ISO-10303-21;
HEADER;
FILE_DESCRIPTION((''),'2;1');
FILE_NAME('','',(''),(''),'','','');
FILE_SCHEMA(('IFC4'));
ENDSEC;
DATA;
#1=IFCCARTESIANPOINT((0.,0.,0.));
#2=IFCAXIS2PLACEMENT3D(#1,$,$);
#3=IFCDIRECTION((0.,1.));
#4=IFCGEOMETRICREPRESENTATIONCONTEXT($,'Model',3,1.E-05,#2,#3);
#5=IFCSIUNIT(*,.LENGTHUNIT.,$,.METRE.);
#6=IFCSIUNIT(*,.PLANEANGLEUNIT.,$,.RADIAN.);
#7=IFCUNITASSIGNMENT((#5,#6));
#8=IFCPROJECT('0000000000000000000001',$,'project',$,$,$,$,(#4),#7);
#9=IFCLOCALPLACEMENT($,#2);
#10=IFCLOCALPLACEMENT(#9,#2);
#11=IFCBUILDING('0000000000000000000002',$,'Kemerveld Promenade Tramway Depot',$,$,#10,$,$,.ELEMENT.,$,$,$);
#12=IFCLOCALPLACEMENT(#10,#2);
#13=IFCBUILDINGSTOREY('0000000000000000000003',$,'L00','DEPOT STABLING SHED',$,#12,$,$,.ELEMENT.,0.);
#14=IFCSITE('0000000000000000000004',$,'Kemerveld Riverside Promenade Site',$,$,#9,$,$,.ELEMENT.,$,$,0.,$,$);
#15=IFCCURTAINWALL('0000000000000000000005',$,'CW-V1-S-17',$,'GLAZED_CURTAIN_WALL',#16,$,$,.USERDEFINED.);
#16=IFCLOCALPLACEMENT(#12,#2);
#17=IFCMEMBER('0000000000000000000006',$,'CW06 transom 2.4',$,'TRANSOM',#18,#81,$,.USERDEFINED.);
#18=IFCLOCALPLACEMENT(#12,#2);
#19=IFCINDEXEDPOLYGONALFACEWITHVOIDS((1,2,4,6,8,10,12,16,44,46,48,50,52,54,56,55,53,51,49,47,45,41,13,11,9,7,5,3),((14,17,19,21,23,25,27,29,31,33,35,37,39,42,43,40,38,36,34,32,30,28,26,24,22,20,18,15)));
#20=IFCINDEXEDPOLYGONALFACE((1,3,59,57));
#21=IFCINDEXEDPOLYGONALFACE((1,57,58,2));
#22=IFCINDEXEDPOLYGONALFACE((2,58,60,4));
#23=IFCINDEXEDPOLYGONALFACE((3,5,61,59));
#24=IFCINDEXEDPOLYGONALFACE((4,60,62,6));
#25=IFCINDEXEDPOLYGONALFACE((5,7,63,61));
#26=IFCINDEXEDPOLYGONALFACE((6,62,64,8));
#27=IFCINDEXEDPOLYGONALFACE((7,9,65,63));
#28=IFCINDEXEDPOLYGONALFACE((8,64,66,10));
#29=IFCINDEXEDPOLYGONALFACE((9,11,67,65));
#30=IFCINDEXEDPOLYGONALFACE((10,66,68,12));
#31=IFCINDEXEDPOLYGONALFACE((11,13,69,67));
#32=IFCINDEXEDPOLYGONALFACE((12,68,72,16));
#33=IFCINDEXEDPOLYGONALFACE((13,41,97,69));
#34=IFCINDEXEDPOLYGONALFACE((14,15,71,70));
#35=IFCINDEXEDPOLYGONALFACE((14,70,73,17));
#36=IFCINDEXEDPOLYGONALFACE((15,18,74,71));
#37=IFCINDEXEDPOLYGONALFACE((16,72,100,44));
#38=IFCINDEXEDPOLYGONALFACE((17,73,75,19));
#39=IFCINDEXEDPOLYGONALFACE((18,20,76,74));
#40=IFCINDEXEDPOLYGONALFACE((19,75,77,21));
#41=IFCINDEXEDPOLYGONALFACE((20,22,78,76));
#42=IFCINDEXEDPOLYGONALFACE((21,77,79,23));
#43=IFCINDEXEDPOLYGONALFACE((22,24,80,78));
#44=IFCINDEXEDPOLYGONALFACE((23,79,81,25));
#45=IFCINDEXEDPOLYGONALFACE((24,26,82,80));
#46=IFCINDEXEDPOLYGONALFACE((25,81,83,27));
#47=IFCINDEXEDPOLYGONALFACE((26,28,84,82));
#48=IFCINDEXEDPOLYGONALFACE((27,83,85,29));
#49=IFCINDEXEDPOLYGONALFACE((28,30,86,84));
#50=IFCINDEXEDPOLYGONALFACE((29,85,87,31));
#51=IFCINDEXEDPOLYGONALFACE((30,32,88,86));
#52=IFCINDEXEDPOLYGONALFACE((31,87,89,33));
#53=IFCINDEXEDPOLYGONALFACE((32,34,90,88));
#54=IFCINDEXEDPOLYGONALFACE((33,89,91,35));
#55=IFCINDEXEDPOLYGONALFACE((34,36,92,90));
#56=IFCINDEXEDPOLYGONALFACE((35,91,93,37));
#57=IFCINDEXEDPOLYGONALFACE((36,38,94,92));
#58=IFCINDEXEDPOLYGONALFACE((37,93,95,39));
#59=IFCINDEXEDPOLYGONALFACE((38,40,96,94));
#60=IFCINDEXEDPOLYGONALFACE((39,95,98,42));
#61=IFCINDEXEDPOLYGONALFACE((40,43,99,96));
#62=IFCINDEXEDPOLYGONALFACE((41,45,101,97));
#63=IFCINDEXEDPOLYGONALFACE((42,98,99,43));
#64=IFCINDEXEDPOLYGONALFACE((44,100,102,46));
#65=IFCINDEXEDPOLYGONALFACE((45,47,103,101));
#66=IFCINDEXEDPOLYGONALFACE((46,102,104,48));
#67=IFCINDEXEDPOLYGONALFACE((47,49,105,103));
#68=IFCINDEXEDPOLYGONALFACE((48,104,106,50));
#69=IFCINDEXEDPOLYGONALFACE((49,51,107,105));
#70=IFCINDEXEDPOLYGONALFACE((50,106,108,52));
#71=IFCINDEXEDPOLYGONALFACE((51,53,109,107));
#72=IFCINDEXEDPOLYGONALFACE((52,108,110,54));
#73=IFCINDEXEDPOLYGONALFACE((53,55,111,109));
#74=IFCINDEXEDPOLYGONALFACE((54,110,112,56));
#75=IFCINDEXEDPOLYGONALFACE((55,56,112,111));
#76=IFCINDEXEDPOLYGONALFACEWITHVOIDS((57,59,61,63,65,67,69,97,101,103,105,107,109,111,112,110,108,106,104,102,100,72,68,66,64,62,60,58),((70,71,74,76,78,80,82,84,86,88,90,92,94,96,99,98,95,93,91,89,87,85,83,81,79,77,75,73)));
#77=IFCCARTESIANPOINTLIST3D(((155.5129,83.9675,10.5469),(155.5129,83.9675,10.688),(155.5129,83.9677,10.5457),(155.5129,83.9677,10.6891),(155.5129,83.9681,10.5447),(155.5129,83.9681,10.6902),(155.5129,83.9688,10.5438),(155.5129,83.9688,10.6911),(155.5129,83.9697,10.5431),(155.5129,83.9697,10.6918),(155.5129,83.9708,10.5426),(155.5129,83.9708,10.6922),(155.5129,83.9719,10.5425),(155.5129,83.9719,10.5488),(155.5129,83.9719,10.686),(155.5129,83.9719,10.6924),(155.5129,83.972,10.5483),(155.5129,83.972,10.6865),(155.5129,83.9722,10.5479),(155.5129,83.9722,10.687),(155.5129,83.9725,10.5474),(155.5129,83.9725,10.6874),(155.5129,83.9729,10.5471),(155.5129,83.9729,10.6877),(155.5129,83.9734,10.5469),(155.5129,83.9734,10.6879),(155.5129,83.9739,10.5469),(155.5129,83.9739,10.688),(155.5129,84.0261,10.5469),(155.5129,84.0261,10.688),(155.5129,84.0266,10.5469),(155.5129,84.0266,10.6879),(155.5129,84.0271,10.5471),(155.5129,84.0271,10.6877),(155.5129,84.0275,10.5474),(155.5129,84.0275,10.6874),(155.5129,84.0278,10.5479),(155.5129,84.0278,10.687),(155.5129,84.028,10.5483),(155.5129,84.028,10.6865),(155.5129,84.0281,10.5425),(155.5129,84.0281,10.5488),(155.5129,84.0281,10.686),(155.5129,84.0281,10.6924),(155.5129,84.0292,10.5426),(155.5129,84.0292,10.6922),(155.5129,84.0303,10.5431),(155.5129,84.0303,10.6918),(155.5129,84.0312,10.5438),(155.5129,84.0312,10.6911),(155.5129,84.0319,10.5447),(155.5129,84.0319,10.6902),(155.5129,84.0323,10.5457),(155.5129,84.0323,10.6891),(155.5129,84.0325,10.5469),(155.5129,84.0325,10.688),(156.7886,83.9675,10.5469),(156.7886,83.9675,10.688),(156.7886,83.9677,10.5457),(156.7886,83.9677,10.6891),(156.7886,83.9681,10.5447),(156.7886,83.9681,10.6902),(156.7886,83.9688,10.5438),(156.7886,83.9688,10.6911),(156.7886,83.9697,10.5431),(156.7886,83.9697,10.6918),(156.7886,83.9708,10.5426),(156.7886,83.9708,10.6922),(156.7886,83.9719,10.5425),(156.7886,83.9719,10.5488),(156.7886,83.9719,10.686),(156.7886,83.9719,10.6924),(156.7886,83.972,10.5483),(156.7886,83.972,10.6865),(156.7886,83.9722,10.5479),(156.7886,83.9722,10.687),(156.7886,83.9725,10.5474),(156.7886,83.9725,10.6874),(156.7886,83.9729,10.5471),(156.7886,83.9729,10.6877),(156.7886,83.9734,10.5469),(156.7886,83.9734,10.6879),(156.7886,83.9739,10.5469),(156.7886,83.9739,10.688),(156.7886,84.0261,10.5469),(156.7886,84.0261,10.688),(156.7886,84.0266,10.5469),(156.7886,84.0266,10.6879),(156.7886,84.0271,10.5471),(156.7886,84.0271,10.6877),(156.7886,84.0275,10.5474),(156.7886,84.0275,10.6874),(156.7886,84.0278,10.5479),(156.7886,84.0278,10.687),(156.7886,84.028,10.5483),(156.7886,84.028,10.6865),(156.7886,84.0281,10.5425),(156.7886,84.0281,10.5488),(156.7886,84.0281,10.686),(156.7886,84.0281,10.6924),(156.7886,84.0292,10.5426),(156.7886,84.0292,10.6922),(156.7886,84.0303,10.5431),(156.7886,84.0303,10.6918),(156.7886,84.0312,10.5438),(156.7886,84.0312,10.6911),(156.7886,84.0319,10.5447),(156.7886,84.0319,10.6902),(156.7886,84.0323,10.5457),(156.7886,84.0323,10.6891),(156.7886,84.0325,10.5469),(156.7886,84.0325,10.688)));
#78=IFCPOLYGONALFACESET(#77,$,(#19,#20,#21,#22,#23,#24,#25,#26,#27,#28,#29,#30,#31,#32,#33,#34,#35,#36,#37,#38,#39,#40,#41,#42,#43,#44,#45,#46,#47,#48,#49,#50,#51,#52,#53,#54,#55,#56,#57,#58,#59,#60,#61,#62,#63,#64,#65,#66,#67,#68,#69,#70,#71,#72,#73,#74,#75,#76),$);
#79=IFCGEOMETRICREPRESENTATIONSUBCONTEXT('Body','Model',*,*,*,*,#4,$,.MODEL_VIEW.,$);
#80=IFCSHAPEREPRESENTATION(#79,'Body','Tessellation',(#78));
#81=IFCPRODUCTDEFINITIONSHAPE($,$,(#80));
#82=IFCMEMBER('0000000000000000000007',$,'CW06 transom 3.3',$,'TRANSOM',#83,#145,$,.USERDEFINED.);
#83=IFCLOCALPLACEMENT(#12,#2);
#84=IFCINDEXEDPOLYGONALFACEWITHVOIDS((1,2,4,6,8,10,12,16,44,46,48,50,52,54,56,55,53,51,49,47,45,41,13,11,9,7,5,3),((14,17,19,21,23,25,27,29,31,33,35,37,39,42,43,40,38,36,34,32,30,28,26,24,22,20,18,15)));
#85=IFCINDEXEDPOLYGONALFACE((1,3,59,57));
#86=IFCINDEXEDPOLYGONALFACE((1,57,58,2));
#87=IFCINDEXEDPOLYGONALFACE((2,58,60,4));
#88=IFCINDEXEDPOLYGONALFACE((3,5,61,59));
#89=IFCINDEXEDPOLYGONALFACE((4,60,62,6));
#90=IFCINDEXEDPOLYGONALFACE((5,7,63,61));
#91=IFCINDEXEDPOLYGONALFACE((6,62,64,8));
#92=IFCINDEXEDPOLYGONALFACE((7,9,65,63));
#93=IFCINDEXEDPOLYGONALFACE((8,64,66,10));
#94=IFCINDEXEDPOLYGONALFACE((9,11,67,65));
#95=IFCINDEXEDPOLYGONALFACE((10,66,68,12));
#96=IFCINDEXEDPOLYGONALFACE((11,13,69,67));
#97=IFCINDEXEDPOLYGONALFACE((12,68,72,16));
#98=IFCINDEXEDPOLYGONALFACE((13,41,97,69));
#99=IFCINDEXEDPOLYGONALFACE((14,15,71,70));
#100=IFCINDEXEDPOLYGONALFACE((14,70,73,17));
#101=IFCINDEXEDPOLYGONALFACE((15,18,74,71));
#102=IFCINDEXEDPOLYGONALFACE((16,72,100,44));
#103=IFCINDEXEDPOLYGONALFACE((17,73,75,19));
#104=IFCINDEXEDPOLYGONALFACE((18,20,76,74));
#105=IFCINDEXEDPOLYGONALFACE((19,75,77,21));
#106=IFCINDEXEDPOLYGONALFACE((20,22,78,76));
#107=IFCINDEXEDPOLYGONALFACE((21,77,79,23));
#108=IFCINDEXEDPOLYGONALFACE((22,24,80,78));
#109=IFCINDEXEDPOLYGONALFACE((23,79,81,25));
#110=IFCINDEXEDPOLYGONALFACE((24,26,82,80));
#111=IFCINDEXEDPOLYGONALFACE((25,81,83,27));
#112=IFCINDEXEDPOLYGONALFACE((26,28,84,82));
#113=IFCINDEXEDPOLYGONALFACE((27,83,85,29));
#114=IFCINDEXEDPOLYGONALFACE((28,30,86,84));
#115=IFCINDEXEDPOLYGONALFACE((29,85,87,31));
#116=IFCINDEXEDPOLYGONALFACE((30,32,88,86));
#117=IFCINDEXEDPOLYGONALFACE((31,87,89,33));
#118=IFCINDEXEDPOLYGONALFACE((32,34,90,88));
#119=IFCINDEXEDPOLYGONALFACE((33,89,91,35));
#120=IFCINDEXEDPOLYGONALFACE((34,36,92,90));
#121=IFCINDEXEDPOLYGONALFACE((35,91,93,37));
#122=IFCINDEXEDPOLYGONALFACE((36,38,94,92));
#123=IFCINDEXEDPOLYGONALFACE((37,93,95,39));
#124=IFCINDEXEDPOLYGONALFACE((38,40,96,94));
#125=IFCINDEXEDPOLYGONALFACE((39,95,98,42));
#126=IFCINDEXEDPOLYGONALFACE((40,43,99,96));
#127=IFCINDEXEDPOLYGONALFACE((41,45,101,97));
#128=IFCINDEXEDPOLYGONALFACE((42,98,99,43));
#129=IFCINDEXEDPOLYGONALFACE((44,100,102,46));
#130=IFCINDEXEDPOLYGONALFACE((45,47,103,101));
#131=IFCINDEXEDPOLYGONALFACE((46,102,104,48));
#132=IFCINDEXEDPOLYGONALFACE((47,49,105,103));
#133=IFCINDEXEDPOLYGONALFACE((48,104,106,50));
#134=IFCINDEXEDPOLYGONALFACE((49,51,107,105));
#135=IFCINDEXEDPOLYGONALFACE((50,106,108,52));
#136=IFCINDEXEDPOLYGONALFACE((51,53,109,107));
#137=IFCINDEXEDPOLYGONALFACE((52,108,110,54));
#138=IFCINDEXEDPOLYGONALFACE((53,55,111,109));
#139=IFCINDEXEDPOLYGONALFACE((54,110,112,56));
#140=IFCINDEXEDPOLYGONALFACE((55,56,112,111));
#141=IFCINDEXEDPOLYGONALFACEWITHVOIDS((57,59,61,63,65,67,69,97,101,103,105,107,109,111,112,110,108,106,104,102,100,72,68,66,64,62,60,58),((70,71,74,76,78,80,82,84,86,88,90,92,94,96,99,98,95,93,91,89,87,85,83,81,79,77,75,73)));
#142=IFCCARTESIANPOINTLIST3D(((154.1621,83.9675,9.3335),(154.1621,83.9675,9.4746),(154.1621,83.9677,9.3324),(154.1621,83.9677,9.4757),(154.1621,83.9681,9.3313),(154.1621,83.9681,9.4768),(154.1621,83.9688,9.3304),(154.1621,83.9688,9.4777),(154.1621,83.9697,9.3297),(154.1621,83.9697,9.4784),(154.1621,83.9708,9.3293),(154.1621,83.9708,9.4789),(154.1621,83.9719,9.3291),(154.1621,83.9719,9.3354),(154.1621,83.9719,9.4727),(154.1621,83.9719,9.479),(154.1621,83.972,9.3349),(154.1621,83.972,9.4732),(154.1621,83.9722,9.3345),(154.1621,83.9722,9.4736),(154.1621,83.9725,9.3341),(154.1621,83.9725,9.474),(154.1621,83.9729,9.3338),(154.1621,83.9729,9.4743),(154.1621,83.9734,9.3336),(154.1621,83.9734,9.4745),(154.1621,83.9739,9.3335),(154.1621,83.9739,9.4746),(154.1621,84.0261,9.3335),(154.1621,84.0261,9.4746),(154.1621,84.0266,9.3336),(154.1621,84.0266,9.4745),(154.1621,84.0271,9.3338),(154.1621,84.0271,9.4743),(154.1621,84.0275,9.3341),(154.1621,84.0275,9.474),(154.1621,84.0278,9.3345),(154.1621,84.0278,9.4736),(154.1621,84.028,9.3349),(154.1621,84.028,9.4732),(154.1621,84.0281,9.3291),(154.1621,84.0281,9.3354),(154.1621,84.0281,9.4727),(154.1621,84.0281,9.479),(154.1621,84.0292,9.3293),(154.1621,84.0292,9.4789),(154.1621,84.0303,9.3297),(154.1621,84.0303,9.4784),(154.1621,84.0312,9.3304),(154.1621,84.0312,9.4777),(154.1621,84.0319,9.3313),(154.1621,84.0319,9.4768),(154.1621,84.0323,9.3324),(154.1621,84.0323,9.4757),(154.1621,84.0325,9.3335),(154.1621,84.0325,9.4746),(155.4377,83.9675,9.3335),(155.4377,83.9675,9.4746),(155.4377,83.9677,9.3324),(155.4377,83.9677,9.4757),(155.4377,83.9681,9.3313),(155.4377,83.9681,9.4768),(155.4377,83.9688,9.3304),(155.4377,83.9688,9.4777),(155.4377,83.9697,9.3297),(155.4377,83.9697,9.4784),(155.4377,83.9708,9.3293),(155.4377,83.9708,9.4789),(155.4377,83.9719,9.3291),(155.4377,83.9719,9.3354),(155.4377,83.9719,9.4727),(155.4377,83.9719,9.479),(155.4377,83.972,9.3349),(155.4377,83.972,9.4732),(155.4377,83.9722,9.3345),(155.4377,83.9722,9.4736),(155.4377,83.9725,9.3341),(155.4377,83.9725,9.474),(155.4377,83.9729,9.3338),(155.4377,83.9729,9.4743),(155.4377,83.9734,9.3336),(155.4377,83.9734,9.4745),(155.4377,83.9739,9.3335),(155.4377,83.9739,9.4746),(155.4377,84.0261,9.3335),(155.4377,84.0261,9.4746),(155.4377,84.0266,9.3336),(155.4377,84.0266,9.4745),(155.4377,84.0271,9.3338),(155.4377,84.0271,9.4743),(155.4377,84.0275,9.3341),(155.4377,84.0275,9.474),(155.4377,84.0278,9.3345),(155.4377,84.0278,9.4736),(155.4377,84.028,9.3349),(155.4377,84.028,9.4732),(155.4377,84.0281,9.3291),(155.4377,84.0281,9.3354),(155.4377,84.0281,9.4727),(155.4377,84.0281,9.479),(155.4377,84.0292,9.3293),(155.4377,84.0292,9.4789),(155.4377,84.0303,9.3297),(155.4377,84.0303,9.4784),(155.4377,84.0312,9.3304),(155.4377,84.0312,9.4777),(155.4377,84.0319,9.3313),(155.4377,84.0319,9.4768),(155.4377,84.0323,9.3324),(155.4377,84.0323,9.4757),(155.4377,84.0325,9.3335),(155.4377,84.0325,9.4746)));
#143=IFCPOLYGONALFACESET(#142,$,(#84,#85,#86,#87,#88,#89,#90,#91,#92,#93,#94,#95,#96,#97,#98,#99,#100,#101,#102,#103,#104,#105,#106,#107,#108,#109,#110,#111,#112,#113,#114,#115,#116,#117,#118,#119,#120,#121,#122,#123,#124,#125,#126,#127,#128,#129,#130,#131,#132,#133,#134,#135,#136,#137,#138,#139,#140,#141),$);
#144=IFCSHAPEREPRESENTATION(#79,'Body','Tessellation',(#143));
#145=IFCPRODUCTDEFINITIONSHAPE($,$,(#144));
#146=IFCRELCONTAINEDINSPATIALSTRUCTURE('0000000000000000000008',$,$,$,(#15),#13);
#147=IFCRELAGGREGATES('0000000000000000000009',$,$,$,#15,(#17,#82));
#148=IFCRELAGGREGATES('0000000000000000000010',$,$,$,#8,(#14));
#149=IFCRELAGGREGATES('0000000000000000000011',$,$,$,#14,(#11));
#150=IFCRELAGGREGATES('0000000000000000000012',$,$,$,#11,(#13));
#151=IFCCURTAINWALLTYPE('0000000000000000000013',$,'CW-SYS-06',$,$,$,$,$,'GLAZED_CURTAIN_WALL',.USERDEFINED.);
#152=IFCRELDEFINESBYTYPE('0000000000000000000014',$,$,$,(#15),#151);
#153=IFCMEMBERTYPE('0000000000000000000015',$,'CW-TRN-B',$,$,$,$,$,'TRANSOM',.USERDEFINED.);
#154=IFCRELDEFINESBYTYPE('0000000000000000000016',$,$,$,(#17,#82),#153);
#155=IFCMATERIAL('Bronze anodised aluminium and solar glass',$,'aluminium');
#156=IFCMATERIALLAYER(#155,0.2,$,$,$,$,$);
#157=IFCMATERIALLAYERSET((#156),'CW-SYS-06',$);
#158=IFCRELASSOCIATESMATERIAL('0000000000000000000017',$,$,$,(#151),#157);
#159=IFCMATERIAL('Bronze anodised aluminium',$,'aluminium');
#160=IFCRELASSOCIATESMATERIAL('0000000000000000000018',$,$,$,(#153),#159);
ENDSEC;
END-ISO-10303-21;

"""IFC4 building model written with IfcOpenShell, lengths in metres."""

from ifc_helpers import new_model, si_unit, direction, frame, origin, origin_2d, place, context, subcontext, project, spatial, hollow_rectangle, extrude, material, layer, layer_set, material_profile, profile_set, type_object, element, aggregate, save


model = new_model("IFC4")

# Units and contexts
model_context = context("Model", 3, precision=1e-05, world=origin(), true_north=direction((0.0, 1.0)))
body_context = subcontext(model_context, "Body", "Model", "MODEL_VIEW")
ifc_project = project(units=[si_unit("LENGTHUNIT", "METRE"), si_unit("PLANEANGLEUNIT", "RADIAN")], contexts=[model_context])

# Site, building, storey
site_placement = place(None, origin())
site = spatial("IfcSite", under=ifc_project, at=site_placement, Name="Kemerveld Riverside Promenade Site", CompositionType="ELEMENT", RefElevation=0.0)
building_placement = place(site_placement, origin())
building = spatial("IfcBuilding", under=site, at=building_placement, Name="Kemerveld Promenade Tramway Depot", CompositionType="ELEMENT")
storey_placement = place(building_placement, origin())
storey = spatial("IfcBuildingStorey", under=building, at=storey_placement, Name="L00", Description="DEPOT STABLING SHED", CompositionType="ELEMENT", Elevation=0.0)

# Curtain wall, members
ifc_material_1 = material(Name="Bronze anodised aluminium and solar glass", Category="aluminium")
ifc_material_2 = material(Name="Bronze anodised aluminium", Category="aluminium")
ifc_layer_1 = layer(ifc_material_1, 0.2)
ifc_layer_set_1 = layer_set([ifc_layer_1], Name="CW-SYS-06")
curtain_wall_type_1 = type_object("IfcCurtainWallType", Name="CW-SYS-06", ElementType="GLAZED_CURTAIN_WALL", PredefinedType="USERDEFINED", material=ifc_layer_set_1)
curtain_wall_1_placement = place(storey_placement, origin())
curtain_wall_1 = element("IfcCurtainWall", 1, at=curtain_wall_1_placement, inside=storey, type_object=curtain_wall_type_1, Name="CW-V1-S-17", ObjectType="GLAZED_CURTAIN_WALL", PredefinedType="USERDEFINED")
ifc_material_profile_1 = material_profile(ifc_material_2, hollow_rectangle(XDim=0.0649, YDim=0.1499, WallThickness=0.0044, InnerFilletRadius=0.002, OuterFilletRadius=0.0044, at=origin_2d()), Name="CW-TRN-150x65")
ifc_profile_set_1 = profile_set([ifc_material_profile_1], Name="Bronze anodised aluminium")
member_type_1 = type_object("IfcMemberType", Name="CW-TRN-B", ElementType="TRANSOM", PredefinedType="USERDEFINED", material=ifc_profile_set_1)
member_1_placement = place(storey_placement, frame((156.7886, 84.0, 10.6174), z_axis=(-1.0, 0.0, 0.0), x_axis=(0.0, -1.0, 0.0)))
member_1 = element("IfcMember", 2, at=member_1_placement, type_object=member_type_1, Name="CW06 transom 2.4", ObjectType="TRANSOM", PredefinedType="USERDEFINED", context=body_context, shape_type="SweptSolid", body=[
    extrude(hollow_rectangle(XDim=0.0649, YDim=0.1499, WallThickness=0.0044, InnerFilletRadius=0.002, OuterFilletRadius=0.0044, at=origin_2d()), origin(), (0.0, 0.0, 1.0), 1.2756),
])
member_2_placement = place(storey_placement, frame((155.4377, 84.0, 9.4041), z_axis=(-1.0, 0.0, 0.0), x_axis=(0.0, -1.0, 0.0)))
member_2 = element("IfcMember", 3, at=member_2_placement, type_object=member_type_1, Name="CW06 transom 3.3", ObjectType="TRANSOM", PredefinedType="USERDEFINED", context=body_context, shape_type="SweptSolid", body=[
    extrude(hollow_rectangle(XDim=0.0649, YDim=0.1499, WallThickness=0.0044, InnerFilletRadius=0.002, OuterFilletRadius=0.0044, at=origin_2d()), origin(), (0.0, 0.0, 1.0), 1.2756),
])

aggregate(curtain_wall_1, [member_1, member_2])

save(model, "model.ifc")
